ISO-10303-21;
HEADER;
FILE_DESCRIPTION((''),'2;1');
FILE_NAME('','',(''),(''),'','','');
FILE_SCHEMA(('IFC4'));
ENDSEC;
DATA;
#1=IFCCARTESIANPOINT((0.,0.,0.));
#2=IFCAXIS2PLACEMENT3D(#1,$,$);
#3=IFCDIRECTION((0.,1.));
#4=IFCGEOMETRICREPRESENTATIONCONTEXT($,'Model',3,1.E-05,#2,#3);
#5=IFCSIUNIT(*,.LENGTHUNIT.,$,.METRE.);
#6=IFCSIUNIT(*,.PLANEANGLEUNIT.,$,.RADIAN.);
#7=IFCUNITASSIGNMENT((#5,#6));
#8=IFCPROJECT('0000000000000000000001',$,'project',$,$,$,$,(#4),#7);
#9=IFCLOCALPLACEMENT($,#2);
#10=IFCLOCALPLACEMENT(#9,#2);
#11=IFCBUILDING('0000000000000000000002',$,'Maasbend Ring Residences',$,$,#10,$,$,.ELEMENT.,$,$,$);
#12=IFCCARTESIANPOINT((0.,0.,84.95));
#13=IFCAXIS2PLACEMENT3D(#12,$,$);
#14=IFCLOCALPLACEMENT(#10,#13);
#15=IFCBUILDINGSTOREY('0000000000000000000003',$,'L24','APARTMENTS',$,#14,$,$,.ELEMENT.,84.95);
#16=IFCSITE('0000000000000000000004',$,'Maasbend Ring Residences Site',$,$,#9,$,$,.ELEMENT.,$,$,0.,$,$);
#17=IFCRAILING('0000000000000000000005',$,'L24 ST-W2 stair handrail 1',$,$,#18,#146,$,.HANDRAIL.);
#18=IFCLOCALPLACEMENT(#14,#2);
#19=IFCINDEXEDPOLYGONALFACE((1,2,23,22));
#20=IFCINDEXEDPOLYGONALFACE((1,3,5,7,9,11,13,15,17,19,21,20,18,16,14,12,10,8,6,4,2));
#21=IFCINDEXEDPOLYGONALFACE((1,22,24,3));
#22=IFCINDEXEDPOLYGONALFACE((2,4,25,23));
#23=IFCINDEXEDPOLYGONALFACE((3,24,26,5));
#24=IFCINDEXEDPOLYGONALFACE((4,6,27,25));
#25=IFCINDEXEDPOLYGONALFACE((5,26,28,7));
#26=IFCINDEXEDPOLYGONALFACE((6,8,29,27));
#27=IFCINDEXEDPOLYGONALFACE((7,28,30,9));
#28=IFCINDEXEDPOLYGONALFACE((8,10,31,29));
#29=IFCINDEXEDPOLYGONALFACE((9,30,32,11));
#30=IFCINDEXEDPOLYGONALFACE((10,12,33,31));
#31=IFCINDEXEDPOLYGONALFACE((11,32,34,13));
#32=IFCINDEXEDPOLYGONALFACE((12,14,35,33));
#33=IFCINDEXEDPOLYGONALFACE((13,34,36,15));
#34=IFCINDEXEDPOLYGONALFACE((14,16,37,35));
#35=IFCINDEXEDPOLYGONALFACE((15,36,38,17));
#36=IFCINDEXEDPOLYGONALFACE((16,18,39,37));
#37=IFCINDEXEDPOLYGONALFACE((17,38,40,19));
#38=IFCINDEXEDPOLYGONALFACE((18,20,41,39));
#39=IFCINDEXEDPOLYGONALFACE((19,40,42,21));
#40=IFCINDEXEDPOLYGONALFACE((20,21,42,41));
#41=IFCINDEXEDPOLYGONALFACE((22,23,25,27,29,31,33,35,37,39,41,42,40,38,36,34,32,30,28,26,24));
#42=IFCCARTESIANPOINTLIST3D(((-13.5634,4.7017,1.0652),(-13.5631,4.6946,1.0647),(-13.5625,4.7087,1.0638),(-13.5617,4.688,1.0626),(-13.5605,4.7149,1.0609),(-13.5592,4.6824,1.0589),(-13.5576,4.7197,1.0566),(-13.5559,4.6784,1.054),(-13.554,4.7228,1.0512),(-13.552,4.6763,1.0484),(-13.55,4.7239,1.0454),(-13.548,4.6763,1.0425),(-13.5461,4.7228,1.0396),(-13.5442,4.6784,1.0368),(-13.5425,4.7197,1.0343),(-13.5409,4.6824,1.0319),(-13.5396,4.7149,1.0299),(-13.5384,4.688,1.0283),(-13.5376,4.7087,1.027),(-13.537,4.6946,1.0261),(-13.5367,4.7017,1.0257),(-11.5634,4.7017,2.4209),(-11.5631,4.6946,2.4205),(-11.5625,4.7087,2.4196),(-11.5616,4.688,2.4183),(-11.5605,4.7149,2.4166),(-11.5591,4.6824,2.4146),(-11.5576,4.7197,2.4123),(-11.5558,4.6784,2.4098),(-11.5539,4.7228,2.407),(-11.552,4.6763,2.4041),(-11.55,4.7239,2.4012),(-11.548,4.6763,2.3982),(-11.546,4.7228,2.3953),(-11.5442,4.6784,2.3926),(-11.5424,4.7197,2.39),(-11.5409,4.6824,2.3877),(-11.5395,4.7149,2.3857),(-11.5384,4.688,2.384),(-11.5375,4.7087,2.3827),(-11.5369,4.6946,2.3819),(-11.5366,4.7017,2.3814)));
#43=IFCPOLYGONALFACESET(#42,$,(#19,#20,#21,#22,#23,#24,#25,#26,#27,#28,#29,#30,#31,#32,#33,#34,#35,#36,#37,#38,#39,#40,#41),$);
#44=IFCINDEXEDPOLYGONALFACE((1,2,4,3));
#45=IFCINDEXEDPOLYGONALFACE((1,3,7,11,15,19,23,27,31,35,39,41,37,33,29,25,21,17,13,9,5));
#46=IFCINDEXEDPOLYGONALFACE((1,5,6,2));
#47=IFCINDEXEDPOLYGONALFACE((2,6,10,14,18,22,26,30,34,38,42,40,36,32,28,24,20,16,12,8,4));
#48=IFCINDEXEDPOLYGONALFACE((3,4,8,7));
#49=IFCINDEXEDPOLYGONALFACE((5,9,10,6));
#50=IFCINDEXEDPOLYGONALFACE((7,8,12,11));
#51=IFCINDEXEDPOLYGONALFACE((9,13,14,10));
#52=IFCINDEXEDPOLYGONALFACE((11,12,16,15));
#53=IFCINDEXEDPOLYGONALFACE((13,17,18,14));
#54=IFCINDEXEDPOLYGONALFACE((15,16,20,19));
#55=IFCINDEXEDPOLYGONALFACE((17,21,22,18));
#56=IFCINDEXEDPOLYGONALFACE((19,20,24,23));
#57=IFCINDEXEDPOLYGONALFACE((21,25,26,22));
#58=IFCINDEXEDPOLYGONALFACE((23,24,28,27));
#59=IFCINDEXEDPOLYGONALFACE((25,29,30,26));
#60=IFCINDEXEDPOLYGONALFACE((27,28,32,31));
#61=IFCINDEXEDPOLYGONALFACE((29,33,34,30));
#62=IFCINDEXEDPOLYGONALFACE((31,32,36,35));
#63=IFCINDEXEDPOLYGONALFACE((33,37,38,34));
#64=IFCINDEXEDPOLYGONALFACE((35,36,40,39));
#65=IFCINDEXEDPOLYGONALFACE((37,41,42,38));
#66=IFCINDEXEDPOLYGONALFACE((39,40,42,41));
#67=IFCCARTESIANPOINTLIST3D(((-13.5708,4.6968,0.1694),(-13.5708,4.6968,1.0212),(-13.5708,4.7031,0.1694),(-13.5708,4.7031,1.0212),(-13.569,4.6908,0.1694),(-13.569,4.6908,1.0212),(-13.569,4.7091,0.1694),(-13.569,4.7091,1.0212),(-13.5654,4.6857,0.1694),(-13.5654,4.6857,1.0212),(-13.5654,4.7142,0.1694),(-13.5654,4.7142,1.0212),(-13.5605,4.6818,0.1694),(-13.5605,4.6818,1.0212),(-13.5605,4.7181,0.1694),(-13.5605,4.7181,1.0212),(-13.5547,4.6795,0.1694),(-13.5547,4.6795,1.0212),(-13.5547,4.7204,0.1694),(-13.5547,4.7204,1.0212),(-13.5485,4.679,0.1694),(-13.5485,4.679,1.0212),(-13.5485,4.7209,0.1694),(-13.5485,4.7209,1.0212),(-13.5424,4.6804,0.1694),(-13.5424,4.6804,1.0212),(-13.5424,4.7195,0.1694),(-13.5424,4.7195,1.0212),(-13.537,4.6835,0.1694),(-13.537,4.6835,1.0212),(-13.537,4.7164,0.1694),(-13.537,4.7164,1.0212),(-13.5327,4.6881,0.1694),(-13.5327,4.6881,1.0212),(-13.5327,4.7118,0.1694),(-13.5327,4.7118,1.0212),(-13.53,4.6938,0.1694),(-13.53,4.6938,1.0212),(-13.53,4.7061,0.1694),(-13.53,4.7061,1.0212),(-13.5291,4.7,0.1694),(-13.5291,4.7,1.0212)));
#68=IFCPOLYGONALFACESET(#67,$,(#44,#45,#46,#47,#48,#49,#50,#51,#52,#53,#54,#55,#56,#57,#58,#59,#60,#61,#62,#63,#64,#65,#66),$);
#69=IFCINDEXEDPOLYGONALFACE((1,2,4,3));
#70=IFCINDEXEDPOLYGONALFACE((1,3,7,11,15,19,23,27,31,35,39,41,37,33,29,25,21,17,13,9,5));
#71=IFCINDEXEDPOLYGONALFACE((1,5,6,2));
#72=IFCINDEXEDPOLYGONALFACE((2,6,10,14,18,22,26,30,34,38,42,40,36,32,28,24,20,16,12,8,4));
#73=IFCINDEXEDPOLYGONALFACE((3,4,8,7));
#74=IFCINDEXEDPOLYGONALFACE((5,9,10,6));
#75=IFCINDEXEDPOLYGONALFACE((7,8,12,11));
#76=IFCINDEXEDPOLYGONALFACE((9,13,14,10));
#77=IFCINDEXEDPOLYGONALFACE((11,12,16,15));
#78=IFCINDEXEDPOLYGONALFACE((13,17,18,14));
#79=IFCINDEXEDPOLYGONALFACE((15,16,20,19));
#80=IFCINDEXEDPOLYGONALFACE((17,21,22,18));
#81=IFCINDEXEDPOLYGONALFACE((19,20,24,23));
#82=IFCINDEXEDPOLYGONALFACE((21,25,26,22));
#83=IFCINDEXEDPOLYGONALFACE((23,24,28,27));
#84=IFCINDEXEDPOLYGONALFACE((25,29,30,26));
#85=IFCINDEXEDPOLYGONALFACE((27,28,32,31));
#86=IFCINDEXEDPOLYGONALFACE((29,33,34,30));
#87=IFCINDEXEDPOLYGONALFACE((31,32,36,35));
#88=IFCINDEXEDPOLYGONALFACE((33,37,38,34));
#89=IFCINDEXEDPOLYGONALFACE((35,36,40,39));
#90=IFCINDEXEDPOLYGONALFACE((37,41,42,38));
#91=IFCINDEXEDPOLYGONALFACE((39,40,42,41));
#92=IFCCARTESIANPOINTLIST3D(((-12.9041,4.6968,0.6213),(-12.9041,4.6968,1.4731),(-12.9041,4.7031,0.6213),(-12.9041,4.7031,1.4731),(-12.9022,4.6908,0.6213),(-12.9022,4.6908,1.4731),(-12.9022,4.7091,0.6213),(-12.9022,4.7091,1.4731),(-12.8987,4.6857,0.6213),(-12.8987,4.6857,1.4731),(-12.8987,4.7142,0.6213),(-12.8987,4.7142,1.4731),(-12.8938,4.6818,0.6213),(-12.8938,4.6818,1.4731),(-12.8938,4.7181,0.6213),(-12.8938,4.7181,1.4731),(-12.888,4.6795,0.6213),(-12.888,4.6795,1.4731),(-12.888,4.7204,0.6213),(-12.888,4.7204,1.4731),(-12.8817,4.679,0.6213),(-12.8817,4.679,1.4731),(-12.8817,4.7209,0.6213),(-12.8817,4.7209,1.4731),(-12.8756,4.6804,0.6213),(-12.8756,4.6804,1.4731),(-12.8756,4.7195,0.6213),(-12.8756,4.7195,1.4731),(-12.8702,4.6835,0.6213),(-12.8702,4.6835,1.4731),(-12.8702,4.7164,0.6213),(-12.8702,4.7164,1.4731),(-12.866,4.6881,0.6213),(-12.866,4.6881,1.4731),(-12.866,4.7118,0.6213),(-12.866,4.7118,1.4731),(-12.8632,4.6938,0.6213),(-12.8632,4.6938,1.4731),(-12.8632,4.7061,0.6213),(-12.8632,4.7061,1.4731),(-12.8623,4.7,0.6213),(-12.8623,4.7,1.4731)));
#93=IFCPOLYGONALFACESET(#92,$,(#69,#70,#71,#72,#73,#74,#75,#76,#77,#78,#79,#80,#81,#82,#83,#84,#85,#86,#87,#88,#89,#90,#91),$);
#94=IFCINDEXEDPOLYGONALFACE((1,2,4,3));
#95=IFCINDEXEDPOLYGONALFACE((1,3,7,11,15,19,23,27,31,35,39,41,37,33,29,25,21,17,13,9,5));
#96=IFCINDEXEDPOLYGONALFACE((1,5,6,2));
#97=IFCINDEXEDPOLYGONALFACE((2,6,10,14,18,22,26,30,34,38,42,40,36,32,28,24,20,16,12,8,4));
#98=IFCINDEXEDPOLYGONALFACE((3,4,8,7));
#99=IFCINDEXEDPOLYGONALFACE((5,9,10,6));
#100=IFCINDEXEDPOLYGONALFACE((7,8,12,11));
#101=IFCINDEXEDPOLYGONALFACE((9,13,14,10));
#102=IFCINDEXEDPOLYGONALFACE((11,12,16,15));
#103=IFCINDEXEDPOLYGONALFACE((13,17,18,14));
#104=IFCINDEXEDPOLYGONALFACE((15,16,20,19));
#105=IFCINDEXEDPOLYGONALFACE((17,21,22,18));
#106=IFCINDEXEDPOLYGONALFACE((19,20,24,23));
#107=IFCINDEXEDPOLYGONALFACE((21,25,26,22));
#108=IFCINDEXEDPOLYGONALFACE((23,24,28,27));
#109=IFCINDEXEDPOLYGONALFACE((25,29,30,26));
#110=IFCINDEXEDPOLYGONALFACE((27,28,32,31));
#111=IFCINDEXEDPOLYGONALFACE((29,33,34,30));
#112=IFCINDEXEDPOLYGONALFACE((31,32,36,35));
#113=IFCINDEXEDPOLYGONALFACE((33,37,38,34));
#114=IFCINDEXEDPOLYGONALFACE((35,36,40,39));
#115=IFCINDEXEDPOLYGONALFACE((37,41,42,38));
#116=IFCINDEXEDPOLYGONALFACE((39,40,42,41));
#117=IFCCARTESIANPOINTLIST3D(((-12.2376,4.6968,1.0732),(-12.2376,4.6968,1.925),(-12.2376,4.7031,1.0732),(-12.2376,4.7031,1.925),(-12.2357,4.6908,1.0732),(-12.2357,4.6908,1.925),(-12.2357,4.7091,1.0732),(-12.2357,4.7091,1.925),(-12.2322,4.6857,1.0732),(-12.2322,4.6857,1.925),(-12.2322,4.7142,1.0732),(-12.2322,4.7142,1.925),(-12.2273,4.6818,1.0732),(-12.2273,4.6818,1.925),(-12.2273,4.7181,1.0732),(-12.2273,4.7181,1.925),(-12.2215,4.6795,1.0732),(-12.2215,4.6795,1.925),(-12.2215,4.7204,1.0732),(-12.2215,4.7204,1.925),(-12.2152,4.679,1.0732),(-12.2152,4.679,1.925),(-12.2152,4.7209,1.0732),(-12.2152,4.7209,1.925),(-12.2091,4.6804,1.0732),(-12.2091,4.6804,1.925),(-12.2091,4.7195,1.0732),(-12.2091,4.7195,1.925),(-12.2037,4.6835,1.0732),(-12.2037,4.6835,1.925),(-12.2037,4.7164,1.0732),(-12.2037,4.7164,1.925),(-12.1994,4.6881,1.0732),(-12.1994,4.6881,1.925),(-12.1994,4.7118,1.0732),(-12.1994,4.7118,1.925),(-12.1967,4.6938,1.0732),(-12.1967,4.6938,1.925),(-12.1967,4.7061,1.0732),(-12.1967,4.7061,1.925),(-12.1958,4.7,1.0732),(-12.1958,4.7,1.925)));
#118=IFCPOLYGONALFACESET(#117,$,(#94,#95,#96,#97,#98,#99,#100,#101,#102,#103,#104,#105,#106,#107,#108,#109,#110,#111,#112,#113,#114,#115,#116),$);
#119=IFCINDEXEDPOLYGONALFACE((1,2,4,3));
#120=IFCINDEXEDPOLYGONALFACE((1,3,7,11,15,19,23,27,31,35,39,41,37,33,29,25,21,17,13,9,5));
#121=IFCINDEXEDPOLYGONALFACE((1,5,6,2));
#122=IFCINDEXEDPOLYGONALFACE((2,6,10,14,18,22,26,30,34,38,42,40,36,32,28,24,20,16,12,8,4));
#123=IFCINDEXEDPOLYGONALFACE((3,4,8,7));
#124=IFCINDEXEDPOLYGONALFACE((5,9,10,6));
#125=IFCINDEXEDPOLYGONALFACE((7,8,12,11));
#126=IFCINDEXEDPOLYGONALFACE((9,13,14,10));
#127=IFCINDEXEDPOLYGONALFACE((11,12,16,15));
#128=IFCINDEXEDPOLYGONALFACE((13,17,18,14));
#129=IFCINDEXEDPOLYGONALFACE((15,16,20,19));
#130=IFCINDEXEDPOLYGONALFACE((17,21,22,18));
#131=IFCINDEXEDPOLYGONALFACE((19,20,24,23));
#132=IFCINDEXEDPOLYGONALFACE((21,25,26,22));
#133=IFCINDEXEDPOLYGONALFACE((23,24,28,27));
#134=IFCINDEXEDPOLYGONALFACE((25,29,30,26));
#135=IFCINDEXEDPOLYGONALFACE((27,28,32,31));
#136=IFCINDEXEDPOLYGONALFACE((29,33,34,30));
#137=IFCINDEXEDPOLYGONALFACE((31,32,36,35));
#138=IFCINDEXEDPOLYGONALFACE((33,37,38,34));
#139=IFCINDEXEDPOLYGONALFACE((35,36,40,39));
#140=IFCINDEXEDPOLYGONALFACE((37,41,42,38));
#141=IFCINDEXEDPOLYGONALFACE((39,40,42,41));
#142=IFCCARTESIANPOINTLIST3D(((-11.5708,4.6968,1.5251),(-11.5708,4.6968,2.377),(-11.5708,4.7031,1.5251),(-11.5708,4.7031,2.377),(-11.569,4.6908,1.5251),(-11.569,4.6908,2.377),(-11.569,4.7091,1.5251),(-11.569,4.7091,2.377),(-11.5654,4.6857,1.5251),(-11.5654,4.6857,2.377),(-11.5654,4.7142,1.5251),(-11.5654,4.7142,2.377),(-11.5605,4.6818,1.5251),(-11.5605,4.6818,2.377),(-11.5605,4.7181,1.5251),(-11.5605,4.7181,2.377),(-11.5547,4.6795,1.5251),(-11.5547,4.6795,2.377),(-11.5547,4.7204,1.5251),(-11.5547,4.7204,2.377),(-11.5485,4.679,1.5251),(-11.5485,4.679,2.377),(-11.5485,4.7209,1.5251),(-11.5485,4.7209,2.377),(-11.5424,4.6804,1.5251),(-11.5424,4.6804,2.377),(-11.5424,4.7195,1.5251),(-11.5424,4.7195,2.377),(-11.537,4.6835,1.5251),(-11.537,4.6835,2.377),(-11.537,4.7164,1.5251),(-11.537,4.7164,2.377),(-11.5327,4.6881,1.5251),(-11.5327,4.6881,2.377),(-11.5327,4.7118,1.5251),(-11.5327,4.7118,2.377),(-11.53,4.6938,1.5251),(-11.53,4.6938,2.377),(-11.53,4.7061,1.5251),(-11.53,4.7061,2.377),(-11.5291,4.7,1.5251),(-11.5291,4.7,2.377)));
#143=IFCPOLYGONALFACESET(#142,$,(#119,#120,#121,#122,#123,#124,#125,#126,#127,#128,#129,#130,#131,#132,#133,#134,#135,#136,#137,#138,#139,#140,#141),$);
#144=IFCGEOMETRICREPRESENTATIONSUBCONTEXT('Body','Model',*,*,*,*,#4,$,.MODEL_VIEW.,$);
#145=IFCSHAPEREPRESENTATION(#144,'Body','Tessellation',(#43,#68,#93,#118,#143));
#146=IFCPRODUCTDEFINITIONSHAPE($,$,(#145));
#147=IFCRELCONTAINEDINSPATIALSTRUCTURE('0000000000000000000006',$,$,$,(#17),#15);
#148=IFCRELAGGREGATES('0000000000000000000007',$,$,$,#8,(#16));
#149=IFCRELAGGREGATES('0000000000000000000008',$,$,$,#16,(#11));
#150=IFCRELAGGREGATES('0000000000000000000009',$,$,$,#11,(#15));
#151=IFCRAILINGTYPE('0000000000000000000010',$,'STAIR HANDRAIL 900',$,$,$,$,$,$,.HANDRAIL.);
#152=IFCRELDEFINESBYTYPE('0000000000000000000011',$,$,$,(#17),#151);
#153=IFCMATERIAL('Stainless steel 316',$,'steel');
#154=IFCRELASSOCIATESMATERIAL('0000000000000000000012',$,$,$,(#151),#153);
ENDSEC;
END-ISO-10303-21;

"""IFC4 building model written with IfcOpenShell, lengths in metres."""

from ifc_helpers import new_model, si_unit, direction, frame, origin, origin_2d, place, context, subcontext, project, spatial, circle, extrude, material, type_object, element, save


model = new_model("IFC4")

# Units and contexts
model_context = context("Model", 3, precision=1e-05, world=origin(), true_north=direction((0.0, 1.0)))
body_context = subcontext(model_context, "Body", "Model", "MODEL_VIEW")
ifc_project = project(units=[si_unit("LENGTHUNIT", "METRE"), si_unit("PLANEANGLEUNIT", "RADIAN")], contexts=[model_context])

# Site, building, storey
site_placement = place(None, origin())
site = spatial("IfcSite", under=ifc_project, at=site_placement, Name="Maasbend Ring Residences Site", CompositionType="ELEMENT", RefElevation=0.0)
building_placement = place(site_placement, origin())
building = spatial("IfcBuilding", under=site, at=building_placement, Name="Maasbend Ring Residences", CompositionType="ELEMENT")
storey_placement = place(building_placement, frame((0.0, 0.0, 84.95)))
storey = spatial("IfcBuildingStorey", under=building, at=storey_placement, Name="L24", Description="APARTMENTS", CompositionType="ELEMENT", Elevation=84.95)

# Railing
ifc_material_1 = material(Name="Stainless steel 316", Category="steel")
railing_type_1 = type_object("IfcRailingType", Name="STAIR HANDRAIL 900", PredefinedType="HANDRAIL", material=ifc_material_1)
railing_1_placement = place(storey_placement, frame((-13.55, 4.7, 0.1694)))
element("IfcRailing", 1, at=railing_1_placement, inside=storey, type_object=railing_type_1, Name="L24 ST-W2 stair handrail 1", PredefinedType="HANDRAIL", context=body_context, shape_type="SweptSolid", body=[
    extrude(circle(Radius=0.0239, at=origin_2d()), frame((0.0, 0.0, 0.876), z_axis=(0.827751, 0.0, 0.561096), x_axis=(0.0, 1.0, 0.0)), (0.0, 0.0, 1.0), 2.4163),
    extrude(circle(Radius=0.021, at=origin_2d()), origin(), (0.0, 0.0, 1.0), 0.8518),
    extrude(circle(Radius=0.021, at=origin_2d()), frame((0.6667, 0.0, 0.4519)), (0.0, 0.0, 1.0), 0.8518),
    extrude(circle(Radius=0.021, at=origin_2d()), frame((1.3333, 0.0, 0.9038)), (0.0, 0.0, 1.0), 0.8518),
    extrude(circle(Radius=0.021, at=origin_2d()), frame((2.0, 0.0, 1.3557)), (0.0, 0.0, 1.0), 0.8518),
])

save(model, "model.ifc")
